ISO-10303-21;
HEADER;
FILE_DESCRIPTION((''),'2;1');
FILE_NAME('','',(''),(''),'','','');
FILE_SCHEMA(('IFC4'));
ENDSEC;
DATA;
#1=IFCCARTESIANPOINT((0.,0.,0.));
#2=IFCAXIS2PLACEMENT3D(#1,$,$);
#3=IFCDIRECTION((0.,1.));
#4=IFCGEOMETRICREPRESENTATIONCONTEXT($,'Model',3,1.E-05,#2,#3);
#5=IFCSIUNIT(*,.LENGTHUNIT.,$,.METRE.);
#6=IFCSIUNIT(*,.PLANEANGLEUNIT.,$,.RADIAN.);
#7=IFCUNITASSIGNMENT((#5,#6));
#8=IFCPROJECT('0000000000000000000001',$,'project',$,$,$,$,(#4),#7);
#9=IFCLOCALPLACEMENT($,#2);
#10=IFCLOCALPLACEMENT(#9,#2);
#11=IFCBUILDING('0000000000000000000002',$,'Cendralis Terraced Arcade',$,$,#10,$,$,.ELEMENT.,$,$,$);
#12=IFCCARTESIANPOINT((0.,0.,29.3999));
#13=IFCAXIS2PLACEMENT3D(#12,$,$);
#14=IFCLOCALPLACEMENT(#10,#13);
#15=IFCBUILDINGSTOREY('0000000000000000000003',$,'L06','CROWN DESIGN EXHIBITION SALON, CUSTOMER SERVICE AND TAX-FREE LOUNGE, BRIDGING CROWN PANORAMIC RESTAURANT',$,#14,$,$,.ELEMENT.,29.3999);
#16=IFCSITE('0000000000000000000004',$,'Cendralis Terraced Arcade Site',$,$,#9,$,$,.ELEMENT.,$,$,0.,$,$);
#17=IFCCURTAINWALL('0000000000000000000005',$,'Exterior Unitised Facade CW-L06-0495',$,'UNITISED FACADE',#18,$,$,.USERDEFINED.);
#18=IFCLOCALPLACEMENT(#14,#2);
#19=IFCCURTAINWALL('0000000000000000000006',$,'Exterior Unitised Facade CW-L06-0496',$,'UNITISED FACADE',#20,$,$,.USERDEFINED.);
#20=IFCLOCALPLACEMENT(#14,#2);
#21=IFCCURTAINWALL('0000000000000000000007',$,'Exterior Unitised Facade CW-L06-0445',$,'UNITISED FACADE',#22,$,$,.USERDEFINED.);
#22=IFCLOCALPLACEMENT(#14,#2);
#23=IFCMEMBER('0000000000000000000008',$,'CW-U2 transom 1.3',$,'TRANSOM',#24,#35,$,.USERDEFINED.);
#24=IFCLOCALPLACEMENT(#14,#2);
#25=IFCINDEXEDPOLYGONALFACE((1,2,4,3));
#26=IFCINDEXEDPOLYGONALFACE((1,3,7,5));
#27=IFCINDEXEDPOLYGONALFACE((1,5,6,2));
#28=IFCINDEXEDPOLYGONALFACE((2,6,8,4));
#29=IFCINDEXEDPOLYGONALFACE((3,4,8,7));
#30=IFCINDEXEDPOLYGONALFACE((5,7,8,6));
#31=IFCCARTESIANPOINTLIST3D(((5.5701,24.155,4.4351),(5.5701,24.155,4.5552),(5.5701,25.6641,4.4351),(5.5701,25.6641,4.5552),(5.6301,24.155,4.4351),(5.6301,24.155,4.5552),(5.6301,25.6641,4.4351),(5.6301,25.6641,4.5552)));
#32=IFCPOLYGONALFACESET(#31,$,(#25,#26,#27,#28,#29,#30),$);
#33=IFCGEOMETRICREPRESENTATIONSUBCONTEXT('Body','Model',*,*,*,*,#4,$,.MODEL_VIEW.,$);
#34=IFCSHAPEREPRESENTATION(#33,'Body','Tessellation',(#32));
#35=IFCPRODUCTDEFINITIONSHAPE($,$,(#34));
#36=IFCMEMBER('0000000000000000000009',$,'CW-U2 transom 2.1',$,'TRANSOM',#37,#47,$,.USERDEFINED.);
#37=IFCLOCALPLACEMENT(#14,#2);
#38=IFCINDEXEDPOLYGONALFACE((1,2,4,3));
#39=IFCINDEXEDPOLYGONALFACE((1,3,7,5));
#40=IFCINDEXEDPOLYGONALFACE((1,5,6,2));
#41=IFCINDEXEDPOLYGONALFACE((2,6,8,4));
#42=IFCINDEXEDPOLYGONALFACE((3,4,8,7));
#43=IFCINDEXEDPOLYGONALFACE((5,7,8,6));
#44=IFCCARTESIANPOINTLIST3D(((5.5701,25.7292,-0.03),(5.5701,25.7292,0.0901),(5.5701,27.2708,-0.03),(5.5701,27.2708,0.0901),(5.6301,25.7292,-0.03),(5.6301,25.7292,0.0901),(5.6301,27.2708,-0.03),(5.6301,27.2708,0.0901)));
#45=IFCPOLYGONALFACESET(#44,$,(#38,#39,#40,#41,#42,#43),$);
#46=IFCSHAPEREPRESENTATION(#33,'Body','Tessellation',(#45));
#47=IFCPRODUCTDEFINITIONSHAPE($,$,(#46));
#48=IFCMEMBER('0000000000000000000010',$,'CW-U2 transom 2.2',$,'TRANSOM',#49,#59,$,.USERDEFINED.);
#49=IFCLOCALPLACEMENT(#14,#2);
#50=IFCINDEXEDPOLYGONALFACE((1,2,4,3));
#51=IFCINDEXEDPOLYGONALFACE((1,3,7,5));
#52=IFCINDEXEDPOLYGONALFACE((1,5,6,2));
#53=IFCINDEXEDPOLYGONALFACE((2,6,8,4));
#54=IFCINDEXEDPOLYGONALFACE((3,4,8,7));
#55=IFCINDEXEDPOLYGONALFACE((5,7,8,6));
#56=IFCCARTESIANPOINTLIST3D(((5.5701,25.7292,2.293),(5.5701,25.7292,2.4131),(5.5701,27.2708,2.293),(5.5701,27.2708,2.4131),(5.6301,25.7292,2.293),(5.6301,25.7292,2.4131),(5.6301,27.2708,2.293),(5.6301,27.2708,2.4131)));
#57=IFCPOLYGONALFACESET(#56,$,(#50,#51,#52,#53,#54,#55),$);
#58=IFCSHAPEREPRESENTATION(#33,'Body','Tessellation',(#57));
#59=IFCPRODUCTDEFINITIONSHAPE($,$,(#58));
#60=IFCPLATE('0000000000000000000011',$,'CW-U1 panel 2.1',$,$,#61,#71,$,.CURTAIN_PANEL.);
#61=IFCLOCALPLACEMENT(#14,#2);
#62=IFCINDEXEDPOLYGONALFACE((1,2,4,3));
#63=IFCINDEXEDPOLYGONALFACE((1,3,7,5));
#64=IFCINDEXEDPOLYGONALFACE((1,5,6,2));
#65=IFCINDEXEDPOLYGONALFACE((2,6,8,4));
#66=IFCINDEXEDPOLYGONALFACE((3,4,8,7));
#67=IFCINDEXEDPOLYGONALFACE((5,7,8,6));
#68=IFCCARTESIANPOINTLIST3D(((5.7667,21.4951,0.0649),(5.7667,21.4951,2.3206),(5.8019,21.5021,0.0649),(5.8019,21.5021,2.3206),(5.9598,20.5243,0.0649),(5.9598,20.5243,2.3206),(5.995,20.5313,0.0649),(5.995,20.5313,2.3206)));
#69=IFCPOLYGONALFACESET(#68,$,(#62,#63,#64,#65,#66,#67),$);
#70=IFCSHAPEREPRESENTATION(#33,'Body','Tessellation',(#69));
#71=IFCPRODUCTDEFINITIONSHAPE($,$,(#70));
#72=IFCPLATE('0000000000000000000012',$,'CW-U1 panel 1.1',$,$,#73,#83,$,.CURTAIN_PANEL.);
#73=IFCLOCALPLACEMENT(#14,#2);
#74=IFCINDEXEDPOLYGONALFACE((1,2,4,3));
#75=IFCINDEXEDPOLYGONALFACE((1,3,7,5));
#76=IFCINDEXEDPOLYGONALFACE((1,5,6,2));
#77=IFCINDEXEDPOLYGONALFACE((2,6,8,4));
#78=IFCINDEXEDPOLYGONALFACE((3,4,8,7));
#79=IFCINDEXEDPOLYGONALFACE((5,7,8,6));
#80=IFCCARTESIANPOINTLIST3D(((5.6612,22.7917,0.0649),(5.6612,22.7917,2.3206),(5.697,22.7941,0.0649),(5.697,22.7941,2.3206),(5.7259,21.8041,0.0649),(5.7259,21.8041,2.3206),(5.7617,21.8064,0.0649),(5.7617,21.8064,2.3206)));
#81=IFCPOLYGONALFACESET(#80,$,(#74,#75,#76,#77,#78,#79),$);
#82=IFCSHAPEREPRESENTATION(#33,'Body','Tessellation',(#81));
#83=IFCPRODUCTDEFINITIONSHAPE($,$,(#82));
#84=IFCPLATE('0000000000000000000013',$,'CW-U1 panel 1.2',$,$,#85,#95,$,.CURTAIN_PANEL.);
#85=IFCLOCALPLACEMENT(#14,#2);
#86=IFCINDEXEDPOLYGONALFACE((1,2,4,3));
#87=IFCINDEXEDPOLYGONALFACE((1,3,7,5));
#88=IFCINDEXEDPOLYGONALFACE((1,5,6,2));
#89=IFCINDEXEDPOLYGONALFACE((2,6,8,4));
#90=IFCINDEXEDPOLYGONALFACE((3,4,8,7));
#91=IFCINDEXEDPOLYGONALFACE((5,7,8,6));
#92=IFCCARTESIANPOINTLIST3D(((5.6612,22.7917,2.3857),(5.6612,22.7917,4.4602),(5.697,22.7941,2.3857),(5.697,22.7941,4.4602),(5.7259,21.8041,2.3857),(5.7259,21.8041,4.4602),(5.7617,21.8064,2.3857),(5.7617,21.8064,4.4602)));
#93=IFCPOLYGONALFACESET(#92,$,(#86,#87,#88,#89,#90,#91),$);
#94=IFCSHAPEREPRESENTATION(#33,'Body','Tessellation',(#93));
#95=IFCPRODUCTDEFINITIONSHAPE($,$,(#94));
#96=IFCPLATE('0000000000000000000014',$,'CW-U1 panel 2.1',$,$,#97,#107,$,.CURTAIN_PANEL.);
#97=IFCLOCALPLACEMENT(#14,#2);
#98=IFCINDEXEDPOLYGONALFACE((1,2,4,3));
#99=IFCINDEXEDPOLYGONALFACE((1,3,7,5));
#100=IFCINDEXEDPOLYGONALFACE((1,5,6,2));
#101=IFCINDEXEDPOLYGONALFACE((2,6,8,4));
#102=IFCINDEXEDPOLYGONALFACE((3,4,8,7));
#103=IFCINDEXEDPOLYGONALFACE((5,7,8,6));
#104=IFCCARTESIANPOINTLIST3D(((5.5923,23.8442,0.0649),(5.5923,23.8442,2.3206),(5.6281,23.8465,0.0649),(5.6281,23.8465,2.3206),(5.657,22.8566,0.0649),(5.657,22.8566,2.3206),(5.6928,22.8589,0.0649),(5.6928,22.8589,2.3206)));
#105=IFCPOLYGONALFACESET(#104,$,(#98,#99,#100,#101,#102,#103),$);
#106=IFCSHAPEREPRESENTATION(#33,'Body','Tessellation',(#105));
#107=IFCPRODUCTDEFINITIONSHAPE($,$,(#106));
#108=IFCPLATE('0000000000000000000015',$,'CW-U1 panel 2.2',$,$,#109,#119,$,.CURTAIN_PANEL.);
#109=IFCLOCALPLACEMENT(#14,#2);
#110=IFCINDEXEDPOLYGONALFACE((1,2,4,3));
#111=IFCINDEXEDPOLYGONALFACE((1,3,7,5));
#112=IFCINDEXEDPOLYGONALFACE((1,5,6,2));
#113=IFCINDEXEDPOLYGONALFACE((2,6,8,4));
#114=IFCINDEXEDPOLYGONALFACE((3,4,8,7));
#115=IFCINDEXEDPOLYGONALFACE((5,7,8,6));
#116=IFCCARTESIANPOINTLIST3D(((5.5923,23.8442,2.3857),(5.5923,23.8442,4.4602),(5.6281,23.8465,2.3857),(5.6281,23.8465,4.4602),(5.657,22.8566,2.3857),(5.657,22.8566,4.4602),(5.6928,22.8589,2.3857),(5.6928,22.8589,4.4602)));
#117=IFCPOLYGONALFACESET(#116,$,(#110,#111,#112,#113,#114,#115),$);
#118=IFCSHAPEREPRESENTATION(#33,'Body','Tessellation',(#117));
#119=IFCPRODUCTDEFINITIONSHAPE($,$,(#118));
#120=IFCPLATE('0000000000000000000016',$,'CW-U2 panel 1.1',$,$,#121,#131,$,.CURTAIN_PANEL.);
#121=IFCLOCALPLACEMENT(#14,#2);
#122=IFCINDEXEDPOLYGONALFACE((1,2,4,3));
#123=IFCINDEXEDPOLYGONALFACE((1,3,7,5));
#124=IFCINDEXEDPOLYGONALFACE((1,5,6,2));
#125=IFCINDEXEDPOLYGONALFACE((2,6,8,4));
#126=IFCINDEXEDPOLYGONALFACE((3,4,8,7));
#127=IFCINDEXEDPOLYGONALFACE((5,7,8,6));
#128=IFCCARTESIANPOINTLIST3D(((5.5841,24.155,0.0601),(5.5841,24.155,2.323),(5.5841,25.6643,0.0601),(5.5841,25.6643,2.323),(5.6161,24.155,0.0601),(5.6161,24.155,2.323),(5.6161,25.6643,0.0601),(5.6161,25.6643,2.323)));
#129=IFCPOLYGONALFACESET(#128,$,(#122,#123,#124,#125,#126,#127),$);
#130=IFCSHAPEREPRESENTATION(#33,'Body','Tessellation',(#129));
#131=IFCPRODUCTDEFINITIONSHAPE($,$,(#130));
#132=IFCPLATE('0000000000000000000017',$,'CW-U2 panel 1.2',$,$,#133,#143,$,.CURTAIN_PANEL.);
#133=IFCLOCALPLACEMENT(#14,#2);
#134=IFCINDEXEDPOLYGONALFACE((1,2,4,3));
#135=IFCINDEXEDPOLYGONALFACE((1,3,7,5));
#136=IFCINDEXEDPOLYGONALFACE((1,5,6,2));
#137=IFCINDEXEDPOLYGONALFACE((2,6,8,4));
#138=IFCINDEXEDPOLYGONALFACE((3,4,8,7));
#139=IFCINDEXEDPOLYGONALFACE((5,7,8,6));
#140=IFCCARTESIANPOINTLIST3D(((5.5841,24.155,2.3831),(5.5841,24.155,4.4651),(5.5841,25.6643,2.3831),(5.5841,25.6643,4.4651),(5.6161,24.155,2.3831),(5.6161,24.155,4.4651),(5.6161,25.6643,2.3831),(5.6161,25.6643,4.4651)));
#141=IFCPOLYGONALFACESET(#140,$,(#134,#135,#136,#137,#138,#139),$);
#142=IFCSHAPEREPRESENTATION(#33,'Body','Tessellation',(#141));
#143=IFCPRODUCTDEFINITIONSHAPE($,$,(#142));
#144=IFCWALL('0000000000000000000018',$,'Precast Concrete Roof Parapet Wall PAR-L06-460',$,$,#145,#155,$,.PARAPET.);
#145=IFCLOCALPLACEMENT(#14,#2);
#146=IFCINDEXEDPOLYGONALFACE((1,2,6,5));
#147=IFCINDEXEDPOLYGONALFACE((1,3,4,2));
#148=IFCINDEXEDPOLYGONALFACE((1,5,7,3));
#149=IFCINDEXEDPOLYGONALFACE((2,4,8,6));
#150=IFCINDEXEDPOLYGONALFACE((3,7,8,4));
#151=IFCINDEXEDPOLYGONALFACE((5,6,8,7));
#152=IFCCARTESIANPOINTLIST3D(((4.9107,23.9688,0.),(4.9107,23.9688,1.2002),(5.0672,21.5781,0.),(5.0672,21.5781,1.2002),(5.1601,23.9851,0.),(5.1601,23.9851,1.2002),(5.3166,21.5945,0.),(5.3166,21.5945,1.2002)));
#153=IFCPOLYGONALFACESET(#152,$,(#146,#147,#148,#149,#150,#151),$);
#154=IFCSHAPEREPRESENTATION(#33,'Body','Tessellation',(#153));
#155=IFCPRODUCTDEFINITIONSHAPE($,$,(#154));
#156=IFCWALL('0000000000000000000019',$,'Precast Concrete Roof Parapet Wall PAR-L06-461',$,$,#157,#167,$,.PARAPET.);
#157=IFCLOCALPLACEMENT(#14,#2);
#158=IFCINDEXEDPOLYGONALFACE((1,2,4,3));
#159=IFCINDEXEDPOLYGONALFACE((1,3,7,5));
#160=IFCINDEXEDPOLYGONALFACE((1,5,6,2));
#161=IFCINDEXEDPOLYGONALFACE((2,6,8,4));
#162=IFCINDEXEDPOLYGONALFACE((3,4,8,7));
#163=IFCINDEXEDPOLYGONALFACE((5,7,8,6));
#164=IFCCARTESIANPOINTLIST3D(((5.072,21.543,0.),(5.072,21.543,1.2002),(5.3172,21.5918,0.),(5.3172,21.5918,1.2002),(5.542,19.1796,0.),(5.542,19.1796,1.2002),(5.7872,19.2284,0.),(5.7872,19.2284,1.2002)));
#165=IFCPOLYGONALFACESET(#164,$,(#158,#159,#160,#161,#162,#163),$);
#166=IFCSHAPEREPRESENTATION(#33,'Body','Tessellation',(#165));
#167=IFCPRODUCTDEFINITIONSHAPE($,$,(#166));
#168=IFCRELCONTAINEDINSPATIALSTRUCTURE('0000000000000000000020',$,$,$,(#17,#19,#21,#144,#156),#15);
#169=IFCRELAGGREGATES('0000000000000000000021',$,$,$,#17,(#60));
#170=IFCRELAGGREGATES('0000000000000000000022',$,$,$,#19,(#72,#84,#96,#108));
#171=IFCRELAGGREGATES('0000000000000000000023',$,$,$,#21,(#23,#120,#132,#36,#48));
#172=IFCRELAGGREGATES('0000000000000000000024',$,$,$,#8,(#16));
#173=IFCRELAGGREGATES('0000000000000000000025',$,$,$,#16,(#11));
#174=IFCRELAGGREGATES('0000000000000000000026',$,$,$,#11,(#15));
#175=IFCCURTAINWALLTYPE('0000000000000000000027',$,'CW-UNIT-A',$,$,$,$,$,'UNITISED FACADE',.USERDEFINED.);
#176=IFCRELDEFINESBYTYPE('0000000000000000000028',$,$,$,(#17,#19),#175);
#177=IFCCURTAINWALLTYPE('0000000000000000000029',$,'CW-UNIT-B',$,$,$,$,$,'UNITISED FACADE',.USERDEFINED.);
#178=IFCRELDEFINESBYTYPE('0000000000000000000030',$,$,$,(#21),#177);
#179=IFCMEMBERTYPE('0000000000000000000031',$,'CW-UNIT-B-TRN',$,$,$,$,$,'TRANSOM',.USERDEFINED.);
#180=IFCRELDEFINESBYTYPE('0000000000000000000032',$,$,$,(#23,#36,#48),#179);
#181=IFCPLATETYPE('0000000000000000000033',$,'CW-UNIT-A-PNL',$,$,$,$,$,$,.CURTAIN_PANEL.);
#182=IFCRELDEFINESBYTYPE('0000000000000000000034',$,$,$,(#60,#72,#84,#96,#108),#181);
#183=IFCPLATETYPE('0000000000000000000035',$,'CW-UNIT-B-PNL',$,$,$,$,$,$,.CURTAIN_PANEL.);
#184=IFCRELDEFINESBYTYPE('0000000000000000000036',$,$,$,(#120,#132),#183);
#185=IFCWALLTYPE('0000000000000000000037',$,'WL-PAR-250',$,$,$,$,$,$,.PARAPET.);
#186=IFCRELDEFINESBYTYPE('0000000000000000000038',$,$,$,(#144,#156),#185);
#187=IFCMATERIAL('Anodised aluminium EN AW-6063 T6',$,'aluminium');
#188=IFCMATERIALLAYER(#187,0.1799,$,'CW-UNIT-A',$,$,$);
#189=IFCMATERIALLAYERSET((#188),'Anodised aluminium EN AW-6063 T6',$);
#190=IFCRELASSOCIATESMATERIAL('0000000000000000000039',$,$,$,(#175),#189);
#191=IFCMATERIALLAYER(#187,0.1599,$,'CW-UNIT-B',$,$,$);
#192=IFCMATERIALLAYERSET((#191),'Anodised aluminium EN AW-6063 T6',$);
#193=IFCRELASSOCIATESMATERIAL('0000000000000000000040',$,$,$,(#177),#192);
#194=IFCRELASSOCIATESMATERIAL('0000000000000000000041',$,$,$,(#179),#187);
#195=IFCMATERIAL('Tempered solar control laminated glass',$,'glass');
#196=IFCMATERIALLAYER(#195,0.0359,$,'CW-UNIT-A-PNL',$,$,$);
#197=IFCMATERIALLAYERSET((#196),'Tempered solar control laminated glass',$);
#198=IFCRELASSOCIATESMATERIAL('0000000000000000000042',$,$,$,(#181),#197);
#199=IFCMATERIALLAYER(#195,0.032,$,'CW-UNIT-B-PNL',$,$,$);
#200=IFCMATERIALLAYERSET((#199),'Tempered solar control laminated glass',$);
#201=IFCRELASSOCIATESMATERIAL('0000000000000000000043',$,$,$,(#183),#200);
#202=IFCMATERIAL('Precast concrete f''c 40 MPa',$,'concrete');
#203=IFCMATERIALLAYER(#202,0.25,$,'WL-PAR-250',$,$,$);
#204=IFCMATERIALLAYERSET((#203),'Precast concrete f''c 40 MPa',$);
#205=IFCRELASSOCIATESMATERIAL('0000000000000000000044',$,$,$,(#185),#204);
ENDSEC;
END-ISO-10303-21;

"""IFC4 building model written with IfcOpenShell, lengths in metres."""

from ifc_helpers import new_model, si_unit, direction, frame, frame_2d, origin, origin_2d, place, context, subcontext, project, spatial, rectangle, extrude, material, layer, layer_set, material_profile, profile_set, type_object, element, aggregate, save


model = new_model("IFC4")

# Units and contexts
model_context = context("Model", 3, precision=1e-05, world=origin(), true_north=direction((0.0, 1.0)))
body_context = subcontext(model_context, "Body", "Model", "MODEL_VIEW")
ifc_project = project(units=[si_unit("LENGTHUNIT", "METRE"), si_unit("PLANEANGLEUNIT", "RADIAN")], contexts=[model_context])

# Site, building, storey
site_placement = place(None, origin())
site = spatial("IfcSite", under=ifc_project, at=site_placement, Name="Cendralis Terraced Arcade Site", CompositionType="ELEMENT", RefElevation=0.0)
building_placement = place(site_placement, origin())
building = spatial("IfcBuilding", under=site, at=building_placement, Name="Cendralis Terraced Arcade", CompositionType="ELEMENT")
storey_placement = place(building_placement, frame((0.0, 0.0, 29.3999)))
storey = spatial("IfcBuildingStorey", under=building, at=storey_placement, Name="L06", Description="CROWN DESIGN EXHIBITION SALON, CUSTOMER SERVICE AND TAX-FREE LOUNGE, BRIDGING CROWN PANORAMIC RESTAURANT", CompositionType="ELEMENT", Elevation=29.3999)

# Curtain wall
ifc_material_1 = material(Name="Anodised aluminium EN AW-6063 T6", Category="aluminium")
ifc_layer_1 = layer(ifc_material_1, 0.1799, Name="CW-UNIT-A")
ifc_layer_set_1 = layer_set([ifc_layer_1], Name="Anodised aluminium EN AW-6063 T6")
curtain_wall_type_1 = type_object("IfcCurtainWallType", Name="CW-UNIT-A", ElementType="UNITISED FACADE", PredefinedType="USERDEFINED", material=ifc_layer_set_1)
curtain_wall_1_placement = place(storey_placement, origin())
curtain_wall_1 = element("IfcCurtainWall", 1, at=curtain_wall_1_placement, inside=storey, type_object=curtain_wall_type_1, Name="Exterior Unitised Facade CW-L06-0495", ObjectType="UNITISED FACADE", PredefinedType="USERDEFINED")

# Curtain walls, members
curtain_wall_2_placement = place(storey_placement, origin())
curtain_wall_2 = element("IfcCurtainWall", 2, at=curtain_wall_2_placement, inside=storey, type_object=curtain_wall_type_1, Name="Exterior Unitised Facade CW-L06-0496", ObjectType="UNITISED FACADE", PredefinedType="USERDEFINED")
ifc_layer_2 = layer(ifc_material_1, 0.1599, Name="CW-UNIT-B")
ifc_layer_set_2 = layer_set([ifc_layer_2], Name="Anodised aluminium EN AW-6063 T6")
curtain_wall_type_2 = type_object("IfcCurtainWallType", Name="CW-UNIT-B", ElementType="UNITISED FACADE", PredefinedType="USERDEFINED", material=ifc_layer_set_2)
curtain_wall_3_placement = place(storey_placement, origin())
curtain_wall_3 = element("IfcCurtainWall", 3, at=curtain_wall_3_placement, inside=storey, type_object=curtain_wall_type_2, Name="Exterior Unitised Facade CW-L06-0445", ObjectType="UNITISED FACADE", PredefinedType="USERDEFINED")
ifc_material_profile_1 = material_profile(ifc_material_1, rectangle(XDim=0.0601, YDim=0.1201, at=origin_2d()), Name="ALU-TRN-60x120")
ifc_profile_set_1 = profile_set([ifc_material_profile_1], Name="Anodised aluminium EN AW-6063 T6")
member_type_1 = type_object("IfcMemberType", Name="CW-UNIT-B-TRN", ElementType="TRANSOM", PredefinedType="USERDEFINED", material=ifc_profile_set_1)
member_1_placement = place(storey_placement, frame((5.6001, 24.155, 4.4951), z_axis=(0.0, 1.0, 0.0), x_axis=(-1.0, 0.0, 0.0)))
member_1 = element("IfcMember", 4, at=member_1_placement, type_object=member_type_1, Name="CW-U2 transom 1.3", ObjectType="TRANSOM", PredefinedType="USERDEFINED", context=body_context, shape_type="SweptSolid", body=[
    extrude(rectangle(XDim=0.0601, YDim=0.1201, at=origin_2d()), origin(), (0.0, 0.0, 1.0), 1.509),
])
member_2_placement = place(storey_placement, frame((5.6001, 25.7292, 0.03), z_axis=(0.0, 1.0, 0.0), x_axis=(-1.0, 0.0, 0.0)))
member_2 = element("IfcMember", 5, at=member_2_placement, type_object=member_type_1, Name="CW-U2 transom 2.1", ObjectType="TRANSOM", PredefinedType="USERDEFINED", context=body_context, shape_type="SweptSolid", body=[
    extrude(rectangle(XDim=0.0601, YDim=0.1201, at=origin_2d()), origin(), (0.0, 0.0, 1.0), 1.5415),
])
member_3_placement = place(storey_placement, frame((5.6001, 25.7292, 2.353), z_axis=(0.0, 1.0, 0.0), x_axis=(-1.0, 0.0, 0.0)))
member_3 = element("IfcMember", 6, at=member_3_placement, type_object=member_type_1, Name="CW-U2 transom 2.2", ObjectType="TRANSOM", PredefinedType="USERDEFINED", context=body_context, shape_type="SweptSolid", body=[
    extrude(rectangle(XDim=0.0601, YDim=0.1201, at=origin_2d()), origin(), (0.0, 0.0, 1.0), 1.5415),
])

# Plates
ifc_material_2 = material(Name="Tempered solar control laminated glass", Category="glass")
ifc_layer_3 = layer(ifc_material_2, 0.0359, Name="CW-UNIT-A-PNL")
ifc_layer_set_3 = layer_set([ifc_layer_3], Name="Tempered solar control laminated glass")
plate_type_1 = type_object("IfcPlateType", Name="CW-UNIT-A-PNL", PredefinedType="CURTAIN_PANEL", material=ifc_layer_set_3)
plate_1_placement = place(storey_placement, frame((5.8809, 21.0132, 0.0649), z_axis=(0.0, 0.0, 1.0), x_axis=(-0.195046, 0.980794, 0.0)))
plate_1 = element("IfcPlate", 7, at=plate_1_placement, type_object=plate_type_1, Name="CW-U1 panel 2.1", PredefinedType="CURTAIN_PANEL", context=body_context, shape_type="SweptSolid", body=[
    extrude(rectangle(XDim=0.9897, YDim=0.0359, at=origin_2d()), origin(), (0.0, 0.0, 1.0), 2.2556),
])
aggregate(curtain_wall_1, [plate_1])
plate_2_placement = place(storey_placement, frame((5.7114, 22.2991, 0.0649), z_axis=(0.0, 0.0, 1.0), x_axis=(-0.065393, 0.99786, 0.0)))
plate_2 = element("IfcPlate", 8, at=plate_2_placement, type_object=plate_type_1, Name="CW-U1 panel 1.1", PredefinedType="CURTAIN_PANEL", context=body_context, shape_type="SweptSolid", body=[
    extrude(rectangle(XDim=0.9897, YDim=0.0359, at=origin_2d()), origin(), (0.0, 0.0, 1.0), 2.2556),
])
plate_3_placement = place(storey_placement, frame((5.7114, 22.2991, 2.3857), z_axis=(0.0, 0.0, 1.0), x_axis=(-0.065393, 0.99786, 0.0)))
plate_3 = element("IfcPlate", 9, at=plate_3_placement, type_object=plate_type_1, Name="CW-U1 panel 1.2", PredefinedType="CURTAIN_PANEL", context=body_context, shape_type="SweptSolid", body=[
    extrude(rectangle(XDim=0.9897, YDim=0.0359, at=origin_2d()), origin(), (0.0, 0.0, 1.0), 2.0745),
])
plate_4_placement = place(storey_placement, frame((5.6426, 23.3516, 0.0649), z_axis=(0.0, 0.0, 1.0), x_axis=(-0.065393, 0.99786, 0.0)))
plate_4 = element("IfcPlate", 10, at=plate_4_placement, type_object=plate_type_1, Name="CW-U1 panel 2.1", PredefinedType="CURTAIN_PANEL", context=body_context, shape_type="SweptSolid", body=[
    extrude(rectangle(XDim=0.9897, YDim=0.0359, at=origin_2d()), origin(), (0.0, 0.0, 1.0), 2.2556),
])
plate_5_placement = place(storey_placement, frame((5.6426, 23.3516, 2.3857), z_axis=(0.0, 0.0, 1.0), x_axis=(-0.065393, 0.99786, 0.0)))
plate_5 = element("IfcPlate", 11, at=plate_5_placement, type_object=plate_type_1, Name="CW-U1 panel 2.2", PredefinedType="CURTAIN_PANEL", context=body_context, shape_type="SweptSolid", body=[
    extrude(rectangle(XDim=0.9897, YDim=0.0359, at=origin_2d()), origin(), (0.0, 0.0, 1.0), 2.0745),
])
aggregate(curtain_wall_2, [plate_2, plate_3, plate_4, plate_5])
ifc_layer_4 = layer(ifc_material_2, 0.032, Name="CW-UNIT-B-PNL")
ifc_layer_set_4 = layer_set([ifc_layer_4], Name="Tempered solar control laminated glass")
plate_type_2 = type_object("IfcPlateType", Name="CW-UNIT-B-PNL", PredefinedType="CURTAIN_PANEL", material=ifc_layer_set_4)
plate_6_placement = place(storey_placement, frame((5.6001, 24.9097, 0.0601), z_axis=(0.0, 0.0, 1.0), x_axis=(0.0, 1.0, 0.0)))
plate_6 = element("IfcPlate", 12, at=plate_6_placement, type_object=plate_type_2, Name="CW-U2 panel 1.1", PredefinedType="CURTAIN_PANEL", context=body_context, shape_type="SweptSolid", body=[
    extrude(rectangle(XDim=1.5093, YDim=0.032, at=origin_2d()), origin(), (0.0, 0.0, 1.0), 2.2629),
])
plate_7_placement = place(storey_placement, frame((5.6001, 24.9097, 2.3831), z_axis=(0.0, 0.0, 1.0), x_axis=(0.0, 1.0, 0.0)))
plate_7 = element("IfcPlate", 13, at=plate_7_placement, type_object=plate_type_2, Name="CW-U2 panel 1.2", PredefinedType="CURTAIN_PANEL", context=body_context, shape_type="SweptSolid", body=[
    extrude(rectangle(XDim=1.5093, YDim=0.032, at=origin_2d()), origin(), (0.0, 0.0, 1.0), 2.082),
])
aggregate(curtain_wall_3, [member_1, plate_6, plate_7, member_2, member_3])

# Walls
ifc_material_3 = material(Name="Precast concrete f'c 40 MPa", Category="concrete")
ifc_layer_5 = layer(ifc_material_3, 0.25, Name="WL-PAR-250")
ifc_layer_set_5 = layer_set([ifc_layer_5], Name="Precast concrete f'c 40 MPa")
wall_type = type_object("IfcWallType", Name="WL-PAR-250", PredefinedType="PARAPET", material=ifc_layer_set_5)
wall_1_placement = place(storey_placement, frame((5.0354, 23.9768, 0.0), z_axis=(0.0, 0.0, 1.0), x_axis=(0.065322, -0.997864, 0.0)))
element("IfcWall", 14, at=wall_1_placement, inside=storey, type_object=wall_type, Name="Precast Concrete Roof Parapet Wall PAR-L06-460", PredefinedType="PARAPET", context=body_context, shape_type="SweptSolid", body=[
    extrude(rectangle(XDim=2.3958, YDim=0.25, at=frame_2d((1.1978, 0.0))), origin(), (0.0, 0.0, 1.0), 1.2002),
])
wall_2_placement = place(storey_placement, frame((5.1946, 21.5674, 0.0), z_axis=(0.0, 0.0, 1.0), x_axis=(0.195044, -0.980794, 0.0)))
element("IfcWall", 15, at=wall_2_placement, inside=storey, type_object=wall_type, Name="Precast Concrete Roof Parapet Wall PAR-L06-461", PredefinedType="PARAPET", context=body_context, shape_type="SweptSolid", body=[
    extrude(rectangle(XDim=2.4097, YDim=0.25, at=frame_2d((1.2048, 0.0))), origin(), (0.0, 0.0, 1.0), 1.2002),
])

save(model, "model.ifc")
